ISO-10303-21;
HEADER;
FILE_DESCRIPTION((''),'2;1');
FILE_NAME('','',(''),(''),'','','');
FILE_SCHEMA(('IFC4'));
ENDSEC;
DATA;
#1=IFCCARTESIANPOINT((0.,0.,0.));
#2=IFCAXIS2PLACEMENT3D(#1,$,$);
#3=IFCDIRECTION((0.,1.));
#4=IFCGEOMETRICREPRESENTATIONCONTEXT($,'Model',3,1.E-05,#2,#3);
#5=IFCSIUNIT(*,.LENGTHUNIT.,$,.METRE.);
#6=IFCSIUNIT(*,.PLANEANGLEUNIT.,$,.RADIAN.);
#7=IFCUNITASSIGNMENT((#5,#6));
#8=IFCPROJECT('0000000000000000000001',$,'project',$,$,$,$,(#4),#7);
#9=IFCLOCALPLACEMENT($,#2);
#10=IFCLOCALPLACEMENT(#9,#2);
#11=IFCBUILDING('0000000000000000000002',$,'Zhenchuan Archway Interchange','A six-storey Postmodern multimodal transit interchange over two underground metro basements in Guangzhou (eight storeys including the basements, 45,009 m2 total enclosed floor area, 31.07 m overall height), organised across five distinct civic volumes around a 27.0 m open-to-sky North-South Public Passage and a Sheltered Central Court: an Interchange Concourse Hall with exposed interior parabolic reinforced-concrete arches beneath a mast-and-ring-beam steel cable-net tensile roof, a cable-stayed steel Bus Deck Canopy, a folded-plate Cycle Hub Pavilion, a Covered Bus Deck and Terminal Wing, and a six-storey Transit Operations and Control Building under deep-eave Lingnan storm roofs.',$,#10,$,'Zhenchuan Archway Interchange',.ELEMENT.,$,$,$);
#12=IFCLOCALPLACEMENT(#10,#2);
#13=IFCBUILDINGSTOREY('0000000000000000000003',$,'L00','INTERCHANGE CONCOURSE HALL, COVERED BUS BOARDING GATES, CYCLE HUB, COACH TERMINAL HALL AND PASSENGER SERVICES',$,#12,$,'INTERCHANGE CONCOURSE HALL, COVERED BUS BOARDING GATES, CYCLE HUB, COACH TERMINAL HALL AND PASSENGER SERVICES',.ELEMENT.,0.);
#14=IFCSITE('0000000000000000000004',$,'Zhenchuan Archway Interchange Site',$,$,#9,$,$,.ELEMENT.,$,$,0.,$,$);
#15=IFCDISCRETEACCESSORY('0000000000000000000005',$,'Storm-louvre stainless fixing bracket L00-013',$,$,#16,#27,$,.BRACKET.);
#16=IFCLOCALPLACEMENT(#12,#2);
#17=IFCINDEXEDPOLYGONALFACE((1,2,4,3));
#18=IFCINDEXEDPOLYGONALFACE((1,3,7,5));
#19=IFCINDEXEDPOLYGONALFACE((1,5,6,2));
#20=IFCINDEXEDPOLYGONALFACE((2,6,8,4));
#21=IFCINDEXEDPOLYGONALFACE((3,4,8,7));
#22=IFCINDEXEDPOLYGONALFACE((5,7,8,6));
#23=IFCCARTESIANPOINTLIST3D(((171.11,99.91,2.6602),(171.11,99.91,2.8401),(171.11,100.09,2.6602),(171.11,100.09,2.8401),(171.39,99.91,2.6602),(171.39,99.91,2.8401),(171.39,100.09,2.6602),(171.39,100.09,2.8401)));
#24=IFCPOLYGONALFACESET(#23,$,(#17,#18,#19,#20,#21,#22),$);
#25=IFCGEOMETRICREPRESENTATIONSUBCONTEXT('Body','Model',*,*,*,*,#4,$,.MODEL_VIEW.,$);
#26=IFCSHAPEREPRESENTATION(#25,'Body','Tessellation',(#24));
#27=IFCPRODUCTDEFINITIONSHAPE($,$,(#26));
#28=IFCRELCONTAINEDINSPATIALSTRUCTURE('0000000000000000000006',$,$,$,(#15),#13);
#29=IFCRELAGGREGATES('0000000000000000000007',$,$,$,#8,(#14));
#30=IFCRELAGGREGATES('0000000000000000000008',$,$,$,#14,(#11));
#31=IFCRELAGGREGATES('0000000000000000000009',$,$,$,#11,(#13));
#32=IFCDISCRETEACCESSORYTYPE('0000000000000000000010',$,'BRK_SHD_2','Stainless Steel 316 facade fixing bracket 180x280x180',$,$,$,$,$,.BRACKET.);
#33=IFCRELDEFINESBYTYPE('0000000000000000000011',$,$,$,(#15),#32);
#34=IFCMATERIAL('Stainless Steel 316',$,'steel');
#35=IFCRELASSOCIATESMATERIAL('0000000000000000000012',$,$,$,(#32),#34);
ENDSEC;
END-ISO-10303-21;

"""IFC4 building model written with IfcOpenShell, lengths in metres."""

from ifc_helpers import new_model, si_unit, direction, frame, origin, origin_2d, place, context, subcontext, project, spatial, rectangle, extrude, material, type_object, element, save


model = new_model("IFC4")

# Units and contexts
model_context = context("Model", 3, precision=1e-05, world=origin(), true_north=direction((0.0, 1.0)))
body_context = subcontext(model_context, "Body", "Model", "MODEL_VIEW")
ifc_project = project(units=[si_unit("LENGTHUNIT", "METRE"), si_unit("PLANEANGLEUNIT", "RADIAN")], contexts=[model_context])

# Site, building, storey
site_placement = place(None, origin())
site = spatial("IfcSite", under=ifc_project, at=site_placement, Name="Zhenchuan Archway Interchange Site", CompositionType="ELEMENT", RefElevation=0.0)
building_placement = place(site_placement, origin())
building = spatial("IfcBuilding", under=site, at=building_placement, Name="Zhenchuan Archway Interchange", Description="A six-storey Postmodern multimodal transit interchange over two underground metro basements in Guangzhou (eight storeys including the basements, 45,009 m2 total enclosed floor area, 31.07 m overall height), organised across five distinct civic volumes around a 27.0 m open-to-sky North-South Public Passage and a Sheltered Central Court: an Interchange Concourse Hall with exposed interior parabolic reinforced-concrete arches beneath a mast-and-ring-beam steel cable-net tensile roof, a cable-stayed steel Bus Deck Canopy, a folded-plate Cycle Hub Pavilion, a Covered Bus Deck and Terminal Wing, and a six-storey Transit Operations and Control Building under deep-eave Lingnan storm roofs.", LongName="Zhenchuan Archway Interchange", CompositionType="ELEMENT")
storey_placement = place(building_placement, origin())
storey = spatial("IfcBuildingStorey", under=building, at=storey_placement, Name="L00", Description="INTERCHANGE CONCOURSE HALL, COVERED BUS BOARDING GATES, CYCLE HUB, COACH TERMINAL HALL AND PASSENGER SERVICES", LongName="INTERCHANGE CONCOURSE HALL, COVERED BUS BOARDING GATES, CYCLE HUB, COACH TERMINAL HALL AND PASSENGER SERVICES", CompositionType="ELEMENT", Elevation=0.0)

# Discrete accessory
ifc_material_1 = material(Name="Stainless Steel 316", Category="steel")
discrete_accessory_type = type_object("IfcDiscreteAccessoryType", Name="BRK_SHD_2", Description="Stainless Steel 316 facade fixing bracket 180x280x180", PredefinedType="BRACKET", material=ifc_material_1)
discrete_accessory_placement = place(storey_placement, frame((171.25, 100.0, 2.6602), z_axis=(0.0, 0.0, 1.0), x_axis=(0.0, -1.0, 0.0)))
element("IfcDiscreteAccessory", 1, at=discrete_accessory_placement, inside=storey, type_object=discrete_accessory_type, Name="Storm-louvre stainless fixing bracket L00-013", PredefinedType="BRACKET", context=body_context, shape_type="SweptSolid", body=[
    extrude(rectangle(XDim=0.1799, YDim=0.28, at=origin_2d()), origin(), (0.0, 0.0, 1.0), 0.1799),
])

save(model, "model.ifc")
